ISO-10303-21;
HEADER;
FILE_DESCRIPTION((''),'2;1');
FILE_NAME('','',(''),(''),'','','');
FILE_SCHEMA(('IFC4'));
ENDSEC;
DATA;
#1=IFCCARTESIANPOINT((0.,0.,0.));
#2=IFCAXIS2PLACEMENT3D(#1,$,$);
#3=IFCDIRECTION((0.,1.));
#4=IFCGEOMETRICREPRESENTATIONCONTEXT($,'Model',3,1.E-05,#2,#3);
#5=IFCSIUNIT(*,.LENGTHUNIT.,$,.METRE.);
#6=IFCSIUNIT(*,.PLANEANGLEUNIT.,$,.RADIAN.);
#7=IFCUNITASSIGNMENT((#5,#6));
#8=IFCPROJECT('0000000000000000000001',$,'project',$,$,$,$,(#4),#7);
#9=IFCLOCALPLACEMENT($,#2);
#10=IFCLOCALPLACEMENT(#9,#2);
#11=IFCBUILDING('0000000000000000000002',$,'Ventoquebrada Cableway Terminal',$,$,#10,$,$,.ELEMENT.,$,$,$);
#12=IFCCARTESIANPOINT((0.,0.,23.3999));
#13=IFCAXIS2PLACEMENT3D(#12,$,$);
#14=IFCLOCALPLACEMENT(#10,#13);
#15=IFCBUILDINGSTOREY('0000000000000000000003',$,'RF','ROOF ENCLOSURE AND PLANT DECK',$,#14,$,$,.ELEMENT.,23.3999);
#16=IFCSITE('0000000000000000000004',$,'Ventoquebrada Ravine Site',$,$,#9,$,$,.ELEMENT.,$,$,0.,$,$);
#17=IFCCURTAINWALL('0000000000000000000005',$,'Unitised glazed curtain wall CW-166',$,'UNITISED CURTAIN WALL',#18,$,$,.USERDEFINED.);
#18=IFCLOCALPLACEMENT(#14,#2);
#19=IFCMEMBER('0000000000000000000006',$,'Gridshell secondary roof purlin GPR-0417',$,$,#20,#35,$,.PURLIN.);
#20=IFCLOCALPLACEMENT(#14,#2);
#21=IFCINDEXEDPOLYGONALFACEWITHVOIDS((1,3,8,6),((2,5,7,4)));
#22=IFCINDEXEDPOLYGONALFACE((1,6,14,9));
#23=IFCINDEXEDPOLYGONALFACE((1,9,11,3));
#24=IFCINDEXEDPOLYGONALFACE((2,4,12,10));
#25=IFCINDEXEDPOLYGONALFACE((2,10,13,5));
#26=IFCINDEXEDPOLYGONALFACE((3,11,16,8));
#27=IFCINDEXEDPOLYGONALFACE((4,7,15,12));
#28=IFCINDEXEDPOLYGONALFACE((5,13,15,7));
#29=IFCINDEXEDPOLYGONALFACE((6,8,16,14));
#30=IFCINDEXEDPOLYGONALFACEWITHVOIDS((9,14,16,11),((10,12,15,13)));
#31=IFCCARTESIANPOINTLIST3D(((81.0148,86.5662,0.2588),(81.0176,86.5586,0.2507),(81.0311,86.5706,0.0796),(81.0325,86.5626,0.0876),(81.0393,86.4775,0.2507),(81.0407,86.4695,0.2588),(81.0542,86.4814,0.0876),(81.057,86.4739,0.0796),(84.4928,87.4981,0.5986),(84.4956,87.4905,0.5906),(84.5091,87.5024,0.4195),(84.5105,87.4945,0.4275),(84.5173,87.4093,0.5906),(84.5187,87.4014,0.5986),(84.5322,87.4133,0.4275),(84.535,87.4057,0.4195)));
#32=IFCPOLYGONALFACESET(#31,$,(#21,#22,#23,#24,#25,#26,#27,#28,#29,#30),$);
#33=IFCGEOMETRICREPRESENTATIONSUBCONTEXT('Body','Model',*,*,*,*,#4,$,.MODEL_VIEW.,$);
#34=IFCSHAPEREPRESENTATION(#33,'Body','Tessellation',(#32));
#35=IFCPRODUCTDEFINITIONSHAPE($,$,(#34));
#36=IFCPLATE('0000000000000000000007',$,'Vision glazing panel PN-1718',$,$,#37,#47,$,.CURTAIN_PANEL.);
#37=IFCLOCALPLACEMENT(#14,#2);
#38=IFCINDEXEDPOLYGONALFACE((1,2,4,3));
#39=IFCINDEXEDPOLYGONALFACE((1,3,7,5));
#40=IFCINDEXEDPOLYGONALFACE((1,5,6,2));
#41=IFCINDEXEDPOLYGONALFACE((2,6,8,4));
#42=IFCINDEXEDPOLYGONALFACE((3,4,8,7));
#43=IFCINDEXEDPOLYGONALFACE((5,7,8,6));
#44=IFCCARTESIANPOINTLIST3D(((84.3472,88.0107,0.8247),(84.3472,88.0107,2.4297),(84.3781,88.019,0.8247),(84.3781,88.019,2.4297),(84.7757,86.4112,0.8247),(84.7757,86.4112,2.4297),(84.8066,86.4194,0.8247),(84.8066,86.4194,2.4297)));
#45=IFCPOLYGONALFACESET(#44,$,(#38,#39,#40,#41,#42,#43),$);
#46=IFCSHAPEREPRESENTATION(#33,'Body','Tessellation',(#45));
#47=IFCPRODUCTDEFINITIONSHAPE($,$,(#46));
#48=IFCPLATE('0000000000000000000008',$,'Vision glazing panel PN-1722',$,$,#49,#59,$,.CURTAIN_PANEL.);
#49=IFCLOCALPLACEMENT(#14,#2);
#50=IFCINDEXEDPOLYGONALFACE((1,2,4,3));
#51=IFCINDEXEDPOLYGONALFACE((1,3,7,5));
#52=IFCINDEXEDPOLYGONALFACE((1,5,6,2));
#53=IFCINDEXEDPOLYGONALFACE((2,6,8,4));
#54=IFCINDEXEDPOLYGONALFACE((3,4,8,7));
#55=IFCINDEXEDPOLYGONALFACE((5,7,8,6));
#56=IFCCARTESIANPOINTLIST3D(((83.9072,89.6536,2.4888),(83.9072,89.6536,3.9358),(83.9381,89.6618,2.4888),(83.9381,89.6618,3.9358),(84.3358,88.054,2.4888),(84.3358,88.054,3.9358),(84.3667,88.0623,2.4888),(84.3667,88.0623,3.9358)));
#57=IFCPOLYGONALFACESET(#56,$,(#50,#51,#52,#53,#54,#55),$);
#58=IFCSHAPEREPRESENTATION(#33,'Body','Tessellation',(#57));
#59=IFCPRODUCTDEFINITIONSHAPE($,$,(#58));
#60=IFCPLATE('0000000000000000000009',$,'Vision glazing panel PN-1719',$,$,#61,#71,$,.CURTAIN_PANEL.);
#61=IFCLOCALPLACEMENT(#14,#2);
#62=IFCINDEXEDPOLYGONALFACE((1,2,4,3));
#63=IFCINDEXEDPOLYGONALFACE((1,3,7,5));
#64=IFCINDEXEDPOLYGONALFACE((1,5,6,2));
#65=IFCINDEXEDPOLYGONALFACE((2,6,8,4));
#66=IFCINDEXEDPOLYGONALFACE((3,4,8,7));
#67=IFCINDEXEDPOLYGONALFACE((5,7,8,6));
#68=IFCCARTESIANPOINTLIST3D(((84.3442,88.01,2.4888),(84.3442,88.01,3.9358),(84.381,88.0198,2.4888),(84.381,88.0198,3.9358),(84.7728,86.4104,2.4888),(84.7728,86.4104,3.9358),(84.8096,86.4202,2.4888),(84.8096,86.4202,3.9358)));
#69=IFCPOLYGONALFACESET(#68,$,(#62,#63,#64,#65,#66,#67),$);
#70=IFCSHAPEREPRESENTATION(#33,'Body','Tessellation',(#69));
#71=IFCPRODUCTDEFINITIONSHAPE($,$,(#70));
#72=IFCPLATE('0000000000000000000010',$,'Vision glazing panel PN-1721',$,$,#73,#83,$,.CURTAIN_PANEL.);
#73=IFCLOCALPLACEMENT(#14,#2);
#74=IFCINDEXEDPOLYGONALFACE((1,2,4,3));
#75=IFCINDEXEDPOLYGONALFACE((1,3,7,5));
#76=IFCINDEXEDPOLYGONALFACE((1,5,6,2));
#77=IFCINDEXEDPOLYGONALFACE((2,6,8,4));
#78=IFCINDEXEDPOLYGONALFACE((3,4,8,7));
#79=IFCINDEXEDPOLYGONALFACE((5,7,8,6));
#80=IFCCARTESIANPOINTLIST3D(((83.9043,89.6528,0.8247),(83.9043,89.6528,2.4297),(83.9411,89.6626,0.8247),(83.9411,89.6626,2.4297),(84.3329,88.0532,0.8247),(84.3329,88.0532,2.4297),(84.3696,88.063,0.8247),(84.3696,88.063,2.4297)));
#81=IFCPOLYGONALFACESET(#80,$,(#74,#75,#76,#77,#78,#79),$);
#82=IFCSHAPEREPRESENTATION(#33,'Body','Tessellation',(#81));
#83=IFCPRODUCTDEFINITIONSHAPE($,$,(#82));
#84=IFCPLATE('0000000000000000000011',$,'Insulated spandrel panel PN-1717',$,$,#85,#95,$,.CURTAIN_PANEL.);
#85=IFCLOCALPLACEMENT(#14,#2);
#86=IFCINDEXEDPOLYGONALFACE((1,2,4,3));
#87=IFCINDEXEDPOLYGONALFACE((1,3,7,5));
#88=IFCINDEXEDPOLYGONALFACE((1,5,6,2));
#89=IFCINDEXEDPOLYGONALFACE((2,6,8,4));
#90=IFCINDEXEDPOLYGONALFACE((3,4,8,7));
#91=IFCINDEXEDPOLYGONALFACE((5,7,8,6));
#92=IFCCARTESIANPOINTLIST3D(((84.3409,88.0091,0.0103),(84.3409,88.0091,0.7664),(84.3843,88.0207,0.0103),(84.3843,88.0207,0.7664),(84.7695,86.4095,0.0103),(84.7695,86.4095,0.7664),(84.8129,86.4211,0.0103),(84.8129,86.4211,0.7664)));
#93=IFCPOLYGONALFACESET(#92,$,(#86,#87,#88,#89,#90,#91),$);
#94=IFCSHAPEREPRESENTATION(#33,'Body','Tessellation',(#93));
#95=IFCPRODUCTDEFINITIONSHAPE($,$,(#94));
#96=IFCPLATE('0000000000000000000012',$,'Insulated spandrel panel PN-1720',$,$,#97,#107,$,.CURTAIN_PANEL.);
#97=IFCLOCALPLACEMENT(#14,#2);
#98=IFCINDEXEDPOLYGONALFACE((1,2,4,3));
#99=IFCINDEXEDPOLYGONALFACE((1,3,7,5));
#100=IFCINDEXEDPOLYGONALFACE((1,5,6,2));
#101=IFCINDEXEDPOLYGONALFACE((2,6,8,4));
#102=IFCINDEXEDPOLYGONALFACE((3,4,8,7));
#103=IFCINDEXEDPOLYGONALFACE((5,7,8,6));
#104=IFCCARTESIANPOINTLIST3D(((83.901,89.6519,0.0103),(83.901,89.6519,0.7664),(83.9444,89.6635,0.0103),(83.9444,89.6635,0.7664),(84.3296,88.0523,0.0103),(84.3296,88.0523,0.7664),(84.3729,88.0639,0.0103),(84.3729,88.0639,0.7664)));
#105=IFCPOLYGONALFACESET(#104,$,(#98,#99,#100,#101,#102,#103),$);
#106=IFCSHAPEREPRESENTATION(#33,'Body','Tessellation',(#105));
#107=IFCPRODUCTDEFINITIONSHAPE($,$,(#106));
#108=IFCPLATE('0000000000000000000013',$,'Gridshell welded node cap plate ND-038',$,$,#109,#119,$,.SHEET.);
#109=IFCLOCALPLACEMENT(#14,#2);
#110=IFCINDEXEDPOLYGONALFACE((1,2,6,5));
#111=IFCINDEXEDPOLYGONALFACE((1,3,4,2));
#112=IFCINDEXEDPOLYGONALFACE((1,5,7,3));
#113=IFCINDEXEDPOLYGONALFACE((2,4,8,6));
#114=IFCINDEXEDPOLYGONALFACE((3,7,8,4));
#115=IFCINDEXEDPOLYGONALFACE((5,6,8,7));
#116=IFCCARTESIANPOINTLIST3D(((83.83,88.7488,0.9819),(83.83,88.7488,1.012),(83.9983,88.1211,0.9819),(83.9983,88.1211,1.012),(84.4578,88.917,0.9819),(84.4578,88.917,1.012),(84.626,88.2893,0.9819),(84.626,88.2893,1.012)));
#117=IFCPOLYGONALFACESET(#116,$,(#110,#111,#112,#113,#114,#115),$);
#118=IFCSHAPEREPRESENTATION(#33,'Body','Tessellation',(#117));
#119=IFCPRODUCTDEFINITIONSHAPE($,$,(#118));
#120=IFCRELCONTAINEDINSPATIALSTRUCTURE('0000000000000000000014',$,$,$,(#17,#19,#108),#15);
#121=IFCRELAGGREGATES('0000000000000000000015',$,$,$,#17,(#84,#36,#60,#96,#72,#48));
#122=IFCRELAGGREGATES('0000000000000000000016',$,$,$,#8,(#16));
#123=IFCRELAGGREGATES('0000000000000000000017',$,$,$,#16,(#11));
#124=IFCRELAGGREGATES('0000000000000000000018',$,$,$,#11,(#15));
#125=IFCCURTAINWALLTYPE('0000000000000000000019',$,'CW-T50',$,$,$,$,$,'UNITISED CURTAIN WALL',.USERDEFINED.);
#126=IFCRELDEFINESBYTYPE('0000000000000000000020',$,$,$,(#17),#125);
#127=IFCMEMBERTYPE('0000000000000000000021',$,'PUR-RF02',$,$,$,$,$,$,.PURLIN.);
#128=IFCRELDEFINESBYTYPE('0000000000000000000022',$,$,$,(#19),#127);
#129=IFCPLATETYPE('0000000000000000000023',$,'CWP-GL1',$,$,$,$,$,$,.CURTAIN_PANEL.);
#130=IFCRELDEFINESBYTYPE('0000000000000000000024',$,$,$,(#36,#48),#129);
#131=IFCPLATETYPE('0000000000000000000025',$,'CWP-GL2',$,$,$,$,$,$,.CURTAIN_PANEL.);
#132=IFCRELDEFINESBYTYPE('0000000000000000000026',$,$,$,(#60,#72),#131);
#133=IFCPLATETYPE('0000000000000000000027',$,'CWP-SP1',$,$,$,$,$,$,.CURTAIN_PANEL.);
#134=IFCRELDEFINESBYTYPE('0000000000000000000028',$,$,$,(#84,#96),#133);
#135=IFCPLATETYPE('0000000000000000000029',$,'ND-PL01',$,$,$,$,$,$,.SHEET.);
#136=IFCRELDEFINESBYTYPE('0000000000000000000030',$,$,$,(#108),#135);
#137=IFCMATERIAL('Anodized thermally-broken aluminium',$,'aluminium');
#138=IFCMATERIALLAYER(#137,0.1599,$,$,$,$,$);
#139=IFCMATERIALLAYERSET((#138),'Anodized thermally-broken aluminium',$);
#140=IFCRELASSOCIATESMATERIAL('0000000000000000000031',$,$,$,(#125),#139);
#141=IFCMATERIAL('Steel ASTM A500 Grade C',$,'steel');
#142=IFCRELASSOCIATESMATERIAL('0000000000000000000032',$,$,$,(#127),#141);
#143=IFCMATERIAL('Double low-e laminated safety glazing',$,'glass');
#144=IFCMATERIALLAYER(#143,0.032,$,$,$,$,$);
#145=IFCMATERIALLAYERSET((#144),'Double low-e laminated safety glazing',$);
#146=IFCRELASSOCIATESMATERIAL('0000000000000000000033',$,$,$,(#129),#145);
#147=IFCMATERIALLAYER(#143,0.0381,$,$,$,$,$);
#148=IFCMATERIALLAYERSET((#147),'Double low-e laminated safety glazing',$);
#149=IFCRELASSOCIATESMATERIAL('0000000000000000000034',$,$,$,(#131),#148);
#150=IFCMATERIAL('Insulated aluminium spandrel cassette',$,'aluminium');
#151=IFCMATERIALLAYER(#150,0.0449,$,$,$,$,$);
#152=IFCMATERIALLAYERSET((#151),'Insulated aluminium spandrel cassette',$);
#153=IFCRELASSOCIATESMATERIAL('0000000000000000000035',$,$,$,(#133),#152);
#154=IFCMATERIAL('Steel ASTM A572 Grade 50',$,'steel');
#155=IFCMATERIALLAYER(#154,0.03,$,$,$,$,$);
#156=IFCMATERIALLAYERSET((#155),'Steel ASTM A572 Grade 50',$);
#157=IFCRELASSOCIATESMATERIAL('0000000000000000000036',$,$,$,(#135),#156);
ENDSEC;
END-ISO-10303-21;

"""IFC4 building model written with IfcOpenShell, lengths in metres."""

from ifc_helpers import new_model, si_unit, direction, frame, origin, origin_2d, place, context, subcontext, project, spatial, rectangle, hollow_rectangle, extrude, material, layer, layer_set, material_profile, profile_set, type_object, element, aggregate, save


model = new_model("IFC4")

# Units and contexts
model_context = context("Model", 3, precision=1e-05, world=origin(), true_north=direction((0.0, 1.0)))
body_context = subcontext(model_context, "Body", "Model", "MODEL_VIEW")
ifc_project = project(units=[si_unit("LENGTHUNIT", "METRE"), si_unit("PLANEANGLEUNIT", "RADIAN")], contexts=[model_context])

# Site, building, storey
site_placement = place(None, origin())
site = spatial("IfcSite", under=ifc_project, at=site_placement, Name="Ventoquebrada Ravine Site", CompositionType="ELEMENT", RefElevation=0.0)
building_placement = place(site_placement, origin())
building = spatial("IfcBuilding", under=site, at=building_placement, Name="Ventoquebrada Cableway Terminal", CompositionType="ELEMENT")
storey_placement = place(building_placement, frame((0.0, 0.0, 23.3999)))
storey = spatial("IfcBuildingStorey", under=building, at=storey_placement, Name="RF", Description="ROOF ENCLOSURE AND PLANT DECK", CompositionType="ELEMENT", Elevation=23.3999)

# Shared definitions
ifc_material_1 = material(Name="Steel ASTM A500 Grade C", Category="steel")

# Curtain wall
ifc_material_2 = material(Name="Anodized thermally-broken aluminium", Category="aluminium")
ifc_layer_1 = layer(ifc_material_2, 0.1599)
ifc_layer_set_1 = layer_set([ifc_layer_1], Name="Anodized thermally-broken aluminium")
curtain_wall_type = type_object("IfcCurtainWallType", Name="CW-T50", ElementType="UNITISED CURTAIN WALL", PredefinedType="USERDEFINED", material=ifc_layer_set_1)
curtain_wall_placement = place(storey_placement, origin())
curtain_wall = element("IfcCurtainWall", 1, at=curtain_wall_placement, inside=storey, type_object=curtain_wall_type, Name="Unitised glazed curtain wall CW-166", ObjectType="UNITISED CURTAIN WALL", PredefinedType="USERDEFINED")

# Member
ifc_material_profile_1 = material_profile(ifc_material_1, hollow_rectangle(XDim=0.1001, YDim=0.1799, WallThickness=0.0081, at=origin_2d()), Name="RHS180X100X8")
ifc_profile_set_1 = profile_set([ifc_material_profile_1], Name="Steel ASTM A500 Grade C")
member_type_1 = type_object("IfcMemberType", Name="PUR-RF02", PredefinedType="PURLIN", material=ifc_profile_set_1)
member_1_placement = place(storey_placement, frame((81.0359, 86.52, 0.1692), z_axis=(0.961656, 0.257661, 0.093965), x_axis=(-0.258806, 0.965929, 0.0)))
element("IfcMember", 2, at=member_1_placement, inside=storey, type_object=member_type_1, Name="Gridshell secondary roof purlin GPR-0417", PredefinedType="PURLIN", context=body_context, shape_type="SweptSolid", body=[
    extrude(hollow_rectangle(XDim=0.1001, YDim=0.1799, WallThickness=0.0081, at=origin_2d()), origin(), (0.0, 0.0, 1.0), 3.6167),
])

# Plates
ifc_material_3 = material(Name="Double low-e laminated safety glazing", Category="glass")
ifc_layer_2 = layer(ifc_material_3, 0.032)
ifc_layer_set_2 = layer_set([ifc_layer_2], Name="Double low-e laminated safety glazing")
plate_type_1 = type_object("IfcPlateType", Name="CWP-GL1", PredefinedType="CURTAIN_PANEL", material=ifc_layer_set_2)
plate_1_placement = place(storey_placement, frame((84.5769, 87.2151, 0.8247), z_axis=(0.0, 0.0, 1.0), x_axis=(-0.258802, 0.96593, 0.0)))
plate_1 = element("IfcPlate", 3, at=plate_1_placement, type_object=plate_type_1, Name="Vision glazing panel PN-1718", PredefinedType="CURTAIN_PANEL", context=body_context, shape_type="SweptSolid", body=[
    extrude(rectangle(XDim=1.656, YDim=0.032, at=origin_2d()), origin(), (0.0, 0.0, 1.0), 1.605),
])
plate_2_placement = place(storey_placement, frame((84.137, 88.8579, 2.4888), z_axis=(0.0, 0.0, 1.0), x_axis=(-0.258802, 0.96593, 0.0)))
plate_2 = element("IfcPlate", 4, at=plate_2_placement, type_object=plate_type_1, Name="Vision glazing panel PN-1722", PredefinedType="CURTAIN_PANEL", context=body_context, shape_type="SweptSolid", body=[
    extrude(rectangle(XDim=1.656, YDim=0.032, at=origin_2d()), origin(), (0.0, 0.0, 1.0), 1.447),
])
ifc_layer_3 = layer(ifc_material_3, 0.0381)
ifc_layer_set_3 = layer_set([ifc_layer_3], Name="Double low-e laminated safety glazing")
plate_type_2 = type_object("IfcPlateType", Name="CWP-GL2", PredefinedType="CURTAIN_PANEL", material=ifc_layer_set_3)
plate_3_placement = place(storey_placement, frame((84.5769, 87.2151, 2.4888), z_axis=(0.0, 0.0, 1.0), x_axis=(-0.258802, 0.96593, 0.0)))
plate_3 = element("IfcPlate", 5, at=plate_3_placement, type_object=plate_type_2, Name="Vision glazing panel PN-1719", PredefinedType="CURTAIN_PANEL", context=body_context, shape_type="SweptSolid", body=[
    extrude(rectangle(XDim=1.656, YDim=0.0381, at=origin_2d()), origin(), (0.0, 0.0, 1.0), 1.447),
])
plate_4_placement = place(storey_placement, frame((84.137, 88.8579, 0.8247), z_axis=(0.0, 0.0, 1.0), x_axis=(-0.258802, 0.96593, 0.0)))
plate_4 = element("IfcPlate", 6, at=plate_4_placement, type_object=plate_type_2, Name="Vision glazing panel PN-1721", PredefinedType="CURTAIN_PANEL", context=body_context, shape_type="SweptSolid", body=[
    extrude(rectangle(XDim=1.656, YDim=0.0381, at=origin_2d()), origin(), (0.0, 0.0, 1.0), 1.605),
])
ifc_material_4 = material(Name="Insulated aluminium spandrel cassette", Category="aluminium")
ifc_layer_4 = layer(ifc_material_4, 0.0449)
ifc_layer_set_4 = layer_set([ifc_layer_4], Name="Insulated aluminium spandrel cassette")
plate_type_3 = type_object("IfcPlateType", Name="CWP-SP1", PredefinedType="CURTAIN_PANEL", material=ifc_layer_set_4)
plate_5_placement = place(storey_placement, frame((84.5769, 87.2151, 0.0103), z_axis=(0.0, 0.0, 1.0), x_axis=(-0.258802, 0.96593, 0.0)))
plate_5 = element("IfcPlate", 7, at=plate_5_placement, type_object=plate_type_3, Name="Insulated spandrel panel PN-1717", PredefinedType="CURTAIN_PANEL", context=body_context, shape_type="SweptSolid", body=[
    extrude(rectangle(XDim=1.656, YDim=0.0449, at=origin_2d()), origin(), (0.0, 0.0, 1.0), 0.7561),
])
plate_6_placement = place(storey_placement, frame((84.137, 88.8579, 0.0103), z_axis=(0.0, 0.0, 1.0), x_axis=(-0.258802, 0.96593, 0.0)))
plate_6 = element("IfcPlate", 8, at=plate_6_placement, type_object=plate_type_3, Name="Insulated spandrel panel PN-1720", PredefinedType="CURTAIN_PANEL", context=body_context, shape_type="SweptSolid", body=[
    extrude(rectangle(XDim=1.656, YDim=0.0449, at=origin_2d()), origin(), (0.0, 0.0, 1.0), 0.7561),
])
aggregate(curtain_wall, [plate_5, plate_1, plate_3, plate_6, plate_4, plate_2])
ifc_material_5 = material(Name="Steel ASTM A572 Grade 50", Category="steel")
ifc_layer_5 = layer(ifc_material_5, 0.03)
ifc_layer_set_5 = layer_set([ifc_layer_5], Name="Steel ASTM A572 Grade 50")
plate_type_4 = type_object("IfcPlateType", Name="ND-PL01", PredefinedType="SHEET", material=ifc_layer_set_5)
plate_7_placement = place(storey_placement, frame((84.228, 88.519, 0.9819), z_axis=(0.0, 0.0, 1.0), x_axis=(0.965926, 0.258819, 0.0)))
element("IfcPlate", 9, at=plate_7_placement, inside=storey, type_object=plate_type_4, Name="Gridshell welded node cap plate ND-038", PredefinedType="SHEET", context=body_context, shape_type="SweptSolid", body=[
    extrude(rectangle(XDim=0.6499, YDim=0.6499, at=origin_2d()), origin(), (0.0, 0.0, 1.0), 0.03),
])

save(model, "model.ifc")
